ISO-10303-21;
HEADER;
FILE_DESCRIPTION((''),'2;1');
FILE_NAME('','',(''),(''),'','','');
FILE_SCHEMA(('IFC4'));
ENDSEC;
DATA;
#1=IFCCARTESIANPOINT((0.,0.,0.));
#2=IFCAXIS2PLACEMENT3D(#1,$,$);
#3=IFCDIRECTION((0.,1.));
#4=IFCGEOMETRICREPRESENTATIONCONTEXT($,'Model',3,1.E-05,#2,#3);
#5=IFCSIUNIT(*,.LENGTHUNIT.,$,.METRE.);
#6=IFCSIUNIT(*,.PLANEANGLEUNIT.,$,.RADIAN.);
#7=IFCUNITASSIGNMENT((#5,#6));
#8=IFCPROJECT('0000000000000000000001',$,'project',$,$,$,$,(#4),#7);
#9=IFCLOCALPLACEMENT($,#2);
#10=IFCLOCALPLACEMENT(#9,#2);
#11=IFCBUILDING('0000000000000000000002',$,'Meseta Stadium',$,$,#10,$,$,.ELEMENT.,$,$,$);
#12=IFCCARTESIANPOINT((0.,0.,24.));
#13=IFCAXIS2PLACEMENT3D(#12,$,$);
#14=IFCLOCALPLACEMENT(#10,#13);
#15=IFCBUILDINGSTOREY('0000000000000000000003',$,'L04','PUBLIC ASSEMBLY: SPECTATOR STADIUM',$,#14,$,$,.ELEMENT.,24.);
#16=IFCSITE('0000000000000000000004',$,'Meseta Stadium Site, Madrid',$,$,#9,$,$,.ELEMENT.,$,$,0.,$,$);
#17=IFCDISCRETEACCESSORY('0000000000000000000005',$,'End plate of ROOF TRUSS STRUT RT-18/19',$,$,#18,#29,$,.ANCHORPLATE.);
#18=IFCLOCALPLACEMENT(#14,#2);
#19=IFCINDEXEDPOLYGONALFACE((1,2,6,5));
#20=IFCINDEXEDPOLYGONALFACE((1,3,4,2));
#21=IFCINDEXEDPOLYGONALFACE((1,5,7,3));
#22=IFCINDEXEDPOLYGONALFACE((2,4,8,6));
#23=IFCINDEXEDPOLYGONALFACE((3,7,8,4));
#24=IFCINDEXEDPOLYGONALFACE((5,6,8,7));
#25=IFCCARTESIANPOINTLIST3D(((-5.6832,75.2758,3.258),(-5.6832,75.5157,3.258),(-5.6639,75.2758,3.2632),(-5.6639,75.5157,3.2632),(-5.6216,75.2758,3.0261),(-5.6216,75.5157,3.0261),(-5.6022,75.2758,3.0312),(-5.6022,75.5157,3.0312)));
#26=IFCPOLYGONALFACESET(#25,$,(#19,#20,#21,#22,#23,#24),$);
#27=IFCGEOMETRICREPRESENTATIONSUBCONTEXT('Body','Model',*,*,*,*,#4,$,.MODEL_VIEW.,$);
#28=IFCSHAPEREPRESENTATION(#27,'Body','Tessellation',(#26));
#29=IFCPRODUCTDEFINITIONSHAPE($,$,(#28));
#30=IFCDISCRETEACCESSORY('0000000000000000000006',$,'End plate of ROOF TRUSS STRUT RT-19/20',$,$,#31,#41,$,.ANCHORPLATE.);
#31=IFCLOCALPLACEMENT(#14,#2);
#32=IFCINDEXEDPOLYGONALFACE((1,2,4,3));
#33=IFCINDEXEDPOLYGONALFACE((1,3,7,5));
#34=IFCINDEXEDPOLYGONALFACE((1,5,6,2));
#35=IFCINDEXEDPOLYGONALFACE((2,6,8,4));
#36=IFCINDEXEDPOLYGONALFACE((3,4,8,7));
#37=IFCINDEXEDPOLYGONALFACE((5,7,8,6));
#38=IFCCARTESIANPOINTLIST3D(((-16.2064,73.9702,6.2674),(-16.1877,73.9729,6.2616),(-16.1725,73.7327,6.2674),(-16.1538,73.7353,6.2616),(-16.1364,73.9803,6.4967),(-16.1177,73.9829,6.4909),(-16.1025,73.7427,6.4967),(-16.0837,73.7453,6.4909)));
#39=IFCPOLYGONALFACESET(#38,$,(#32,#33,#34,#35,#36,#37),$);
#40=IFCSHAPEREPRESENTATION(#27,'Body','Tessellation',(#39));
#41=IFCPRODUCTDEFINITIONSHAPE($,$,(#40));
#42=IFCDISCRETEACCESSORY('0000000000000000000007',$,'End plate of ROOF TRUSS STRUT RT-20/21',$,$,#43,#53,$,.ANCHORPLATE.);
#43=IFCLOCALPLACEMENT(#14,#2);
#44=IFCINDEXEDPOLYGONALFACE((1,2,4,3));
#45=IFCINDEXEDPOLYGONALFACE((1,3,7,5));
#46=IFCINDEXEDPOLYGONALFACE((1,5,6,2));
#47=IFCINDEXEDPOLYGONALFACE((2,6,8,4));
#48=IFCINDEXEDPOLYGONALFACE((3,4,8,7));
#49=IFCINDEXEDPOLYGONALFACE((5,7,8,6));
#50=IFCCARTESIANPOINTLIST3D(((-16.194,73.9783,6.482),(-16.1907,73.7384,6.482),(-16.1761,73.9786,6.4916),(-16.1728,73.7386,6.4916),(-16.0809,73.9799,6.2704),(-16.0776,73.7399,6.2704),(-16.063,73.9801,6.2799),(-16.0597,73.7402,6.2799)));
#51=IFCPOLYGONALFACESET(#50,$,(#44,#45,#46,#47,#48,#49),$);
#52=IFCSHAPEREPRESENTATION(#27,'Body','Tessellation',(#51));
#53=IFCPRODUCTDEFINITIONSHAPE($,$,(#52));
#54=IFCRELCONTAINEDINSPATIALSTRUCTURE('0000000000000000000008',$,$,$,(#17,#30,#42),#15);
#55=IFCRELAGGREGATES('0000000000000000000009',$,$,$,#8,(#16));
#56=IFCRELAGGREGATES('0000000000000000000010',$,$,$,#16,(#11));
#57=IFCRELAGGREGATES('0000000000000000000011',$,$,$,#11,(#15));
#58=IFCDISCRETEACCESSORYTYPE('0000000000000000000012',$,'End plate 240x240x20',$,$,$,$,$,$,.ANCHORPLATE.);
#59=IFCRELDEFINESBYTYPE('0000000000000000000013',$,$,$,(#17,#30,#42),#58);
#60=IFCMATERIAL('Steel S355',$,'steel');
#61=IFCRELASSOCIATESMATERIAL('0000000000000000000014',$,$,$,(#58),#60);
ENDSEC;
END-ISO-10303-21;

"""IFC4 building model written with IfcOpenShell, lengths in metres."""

from ifc_helpers import new_model, si_unit, direction, frame, origin, origin_2d, place, context, subcontext, project, spatial, rectangle, extrude, material, material_profile, profile_set, type_object, element, save


model = new_model("IFC4")

# Units and contexts
model_context = context("Model", 3, precision=1e-05, world=origin(), true_north=direction((0.0, 1.0)))
body_context = subcontext(model_context, "Body", "Model", "MODEL_VIEW")
ifc_project = project(units=[si_unit("LENGTHUNIT", "METRE"), si_unit("PLANEANGLEUNIT", "RADIAN")], contexts=[model_context])

# Site, building, storey
site_placement = place(None, origin())
site = spatial("IfcSite", under=ifc_project, at=site_placement, Name="Meseta Stadium Site, Madrid", CompositionType="ELEMENT", RefElevation=0.0)
building_placement = place(site_placement, origin())
building = spatial("IfcBuilding", under=site, at=building_placement, Name="Meseta Stadium", CompositionType="ELEMENT")
storey_placement = place(building_placement, frame((0.0, 0.0, 24.0)))
storey = spatial("IfcBuildingStorey", under=building, at=storey_placement, Name="L04", Description="PUBLIC ASSEMBLY: SPECTATOR STADIUM", CompositionType="ELEMENT", Elevation=24.0)

# Discrete accessories
ifc_material_1 = material(Name="Steel S355", Category="steel")
ifc_material_profile_1 = material_profile(ifc_material_1, rectangle(XDim=0.24, YDim=0.24, at=origin_2d()), Name="PL 240x240")
ifc_profile_set_1 = profile_set([ifc_material_profile_1], Name="Steel S355")
discrete_accessory_type_1 = type_object("IfcDiscreteAccessoryType", Name="End plate 240x240x20", PredefinedType="ANCHORPLATE", material=ifc_profile_set_1)
discrete_accessory_1_placement = place(storey_placement, frame((-5.6331, 75.3958, 3.1472), z_axis=(-0.966438, 0.0, -0.256901), x_axis=(0.0, -1.0, 0.0)))
element("IfcDiscreteAccessory", 1, at=discrete_accessory_1_placement, inside=storey, type_object=discrete_accessory_type_1, Name="End plate of ROOF TRUSS STRUT RT-18/19", PredefinedType="ANCHORPLATE", context=body_context, shape_type="SweptSolid", body=[
    extrude(rectangle(XDim=0.24, YDim=0.24, at=origin_2d()), origin(), (0.0, 0.0, 1.0), 0.02),
])
discrete_accessory_2_placement = place(storey_placement, frame((-16.1357, 73.8591, 6.3762), z_axis=(-0.945943, -0.135135, 0.294839), x_axis=(0.141421, -0.989949, 0.0)))
element("IfcDiscreteAccessory", 2, at=discrete_accessory_2_placement, inside=storey, type_object=discrete_accessory_type_1, Name="End plate of ROOF TRUSS STRUT RT-19/20", PredefinedType="ANCHORPLATE", context=body_context, shape_type="SweptSolid", body=[
    extrude(rectangle(XDim=0.24, YDim=0.24, at=origin_2d()), origin(), (0.0, 0.0, 1.0), 0.0198),
])
discrete_accessory_3_placement = place(storey_placement, frame((-16.1179, 73.8594, 6.3857), z_axis=(-0.881954, -0.012082, -0.471181), x_axis=(0.013697, -0.999906, 0.0)))
element("IfcDiscreteAccessory", 3, at=discrete_accessory_3_placement, inside=storey, type_object=discrete_accessory_type_1, Name="End plate of ROOF TRUSS STRUT RT-20/21", PredefinedType="ANCHORPLATE", context=body_context, shape_type="SweptSolid", body=[
    extrude(rectangle(XDim=0.24, YDim=0.24, at=origin_2d()), origin(), (0.0, 0.0, 1.0), 0.0203),
])

save(model, "model.ifc")
